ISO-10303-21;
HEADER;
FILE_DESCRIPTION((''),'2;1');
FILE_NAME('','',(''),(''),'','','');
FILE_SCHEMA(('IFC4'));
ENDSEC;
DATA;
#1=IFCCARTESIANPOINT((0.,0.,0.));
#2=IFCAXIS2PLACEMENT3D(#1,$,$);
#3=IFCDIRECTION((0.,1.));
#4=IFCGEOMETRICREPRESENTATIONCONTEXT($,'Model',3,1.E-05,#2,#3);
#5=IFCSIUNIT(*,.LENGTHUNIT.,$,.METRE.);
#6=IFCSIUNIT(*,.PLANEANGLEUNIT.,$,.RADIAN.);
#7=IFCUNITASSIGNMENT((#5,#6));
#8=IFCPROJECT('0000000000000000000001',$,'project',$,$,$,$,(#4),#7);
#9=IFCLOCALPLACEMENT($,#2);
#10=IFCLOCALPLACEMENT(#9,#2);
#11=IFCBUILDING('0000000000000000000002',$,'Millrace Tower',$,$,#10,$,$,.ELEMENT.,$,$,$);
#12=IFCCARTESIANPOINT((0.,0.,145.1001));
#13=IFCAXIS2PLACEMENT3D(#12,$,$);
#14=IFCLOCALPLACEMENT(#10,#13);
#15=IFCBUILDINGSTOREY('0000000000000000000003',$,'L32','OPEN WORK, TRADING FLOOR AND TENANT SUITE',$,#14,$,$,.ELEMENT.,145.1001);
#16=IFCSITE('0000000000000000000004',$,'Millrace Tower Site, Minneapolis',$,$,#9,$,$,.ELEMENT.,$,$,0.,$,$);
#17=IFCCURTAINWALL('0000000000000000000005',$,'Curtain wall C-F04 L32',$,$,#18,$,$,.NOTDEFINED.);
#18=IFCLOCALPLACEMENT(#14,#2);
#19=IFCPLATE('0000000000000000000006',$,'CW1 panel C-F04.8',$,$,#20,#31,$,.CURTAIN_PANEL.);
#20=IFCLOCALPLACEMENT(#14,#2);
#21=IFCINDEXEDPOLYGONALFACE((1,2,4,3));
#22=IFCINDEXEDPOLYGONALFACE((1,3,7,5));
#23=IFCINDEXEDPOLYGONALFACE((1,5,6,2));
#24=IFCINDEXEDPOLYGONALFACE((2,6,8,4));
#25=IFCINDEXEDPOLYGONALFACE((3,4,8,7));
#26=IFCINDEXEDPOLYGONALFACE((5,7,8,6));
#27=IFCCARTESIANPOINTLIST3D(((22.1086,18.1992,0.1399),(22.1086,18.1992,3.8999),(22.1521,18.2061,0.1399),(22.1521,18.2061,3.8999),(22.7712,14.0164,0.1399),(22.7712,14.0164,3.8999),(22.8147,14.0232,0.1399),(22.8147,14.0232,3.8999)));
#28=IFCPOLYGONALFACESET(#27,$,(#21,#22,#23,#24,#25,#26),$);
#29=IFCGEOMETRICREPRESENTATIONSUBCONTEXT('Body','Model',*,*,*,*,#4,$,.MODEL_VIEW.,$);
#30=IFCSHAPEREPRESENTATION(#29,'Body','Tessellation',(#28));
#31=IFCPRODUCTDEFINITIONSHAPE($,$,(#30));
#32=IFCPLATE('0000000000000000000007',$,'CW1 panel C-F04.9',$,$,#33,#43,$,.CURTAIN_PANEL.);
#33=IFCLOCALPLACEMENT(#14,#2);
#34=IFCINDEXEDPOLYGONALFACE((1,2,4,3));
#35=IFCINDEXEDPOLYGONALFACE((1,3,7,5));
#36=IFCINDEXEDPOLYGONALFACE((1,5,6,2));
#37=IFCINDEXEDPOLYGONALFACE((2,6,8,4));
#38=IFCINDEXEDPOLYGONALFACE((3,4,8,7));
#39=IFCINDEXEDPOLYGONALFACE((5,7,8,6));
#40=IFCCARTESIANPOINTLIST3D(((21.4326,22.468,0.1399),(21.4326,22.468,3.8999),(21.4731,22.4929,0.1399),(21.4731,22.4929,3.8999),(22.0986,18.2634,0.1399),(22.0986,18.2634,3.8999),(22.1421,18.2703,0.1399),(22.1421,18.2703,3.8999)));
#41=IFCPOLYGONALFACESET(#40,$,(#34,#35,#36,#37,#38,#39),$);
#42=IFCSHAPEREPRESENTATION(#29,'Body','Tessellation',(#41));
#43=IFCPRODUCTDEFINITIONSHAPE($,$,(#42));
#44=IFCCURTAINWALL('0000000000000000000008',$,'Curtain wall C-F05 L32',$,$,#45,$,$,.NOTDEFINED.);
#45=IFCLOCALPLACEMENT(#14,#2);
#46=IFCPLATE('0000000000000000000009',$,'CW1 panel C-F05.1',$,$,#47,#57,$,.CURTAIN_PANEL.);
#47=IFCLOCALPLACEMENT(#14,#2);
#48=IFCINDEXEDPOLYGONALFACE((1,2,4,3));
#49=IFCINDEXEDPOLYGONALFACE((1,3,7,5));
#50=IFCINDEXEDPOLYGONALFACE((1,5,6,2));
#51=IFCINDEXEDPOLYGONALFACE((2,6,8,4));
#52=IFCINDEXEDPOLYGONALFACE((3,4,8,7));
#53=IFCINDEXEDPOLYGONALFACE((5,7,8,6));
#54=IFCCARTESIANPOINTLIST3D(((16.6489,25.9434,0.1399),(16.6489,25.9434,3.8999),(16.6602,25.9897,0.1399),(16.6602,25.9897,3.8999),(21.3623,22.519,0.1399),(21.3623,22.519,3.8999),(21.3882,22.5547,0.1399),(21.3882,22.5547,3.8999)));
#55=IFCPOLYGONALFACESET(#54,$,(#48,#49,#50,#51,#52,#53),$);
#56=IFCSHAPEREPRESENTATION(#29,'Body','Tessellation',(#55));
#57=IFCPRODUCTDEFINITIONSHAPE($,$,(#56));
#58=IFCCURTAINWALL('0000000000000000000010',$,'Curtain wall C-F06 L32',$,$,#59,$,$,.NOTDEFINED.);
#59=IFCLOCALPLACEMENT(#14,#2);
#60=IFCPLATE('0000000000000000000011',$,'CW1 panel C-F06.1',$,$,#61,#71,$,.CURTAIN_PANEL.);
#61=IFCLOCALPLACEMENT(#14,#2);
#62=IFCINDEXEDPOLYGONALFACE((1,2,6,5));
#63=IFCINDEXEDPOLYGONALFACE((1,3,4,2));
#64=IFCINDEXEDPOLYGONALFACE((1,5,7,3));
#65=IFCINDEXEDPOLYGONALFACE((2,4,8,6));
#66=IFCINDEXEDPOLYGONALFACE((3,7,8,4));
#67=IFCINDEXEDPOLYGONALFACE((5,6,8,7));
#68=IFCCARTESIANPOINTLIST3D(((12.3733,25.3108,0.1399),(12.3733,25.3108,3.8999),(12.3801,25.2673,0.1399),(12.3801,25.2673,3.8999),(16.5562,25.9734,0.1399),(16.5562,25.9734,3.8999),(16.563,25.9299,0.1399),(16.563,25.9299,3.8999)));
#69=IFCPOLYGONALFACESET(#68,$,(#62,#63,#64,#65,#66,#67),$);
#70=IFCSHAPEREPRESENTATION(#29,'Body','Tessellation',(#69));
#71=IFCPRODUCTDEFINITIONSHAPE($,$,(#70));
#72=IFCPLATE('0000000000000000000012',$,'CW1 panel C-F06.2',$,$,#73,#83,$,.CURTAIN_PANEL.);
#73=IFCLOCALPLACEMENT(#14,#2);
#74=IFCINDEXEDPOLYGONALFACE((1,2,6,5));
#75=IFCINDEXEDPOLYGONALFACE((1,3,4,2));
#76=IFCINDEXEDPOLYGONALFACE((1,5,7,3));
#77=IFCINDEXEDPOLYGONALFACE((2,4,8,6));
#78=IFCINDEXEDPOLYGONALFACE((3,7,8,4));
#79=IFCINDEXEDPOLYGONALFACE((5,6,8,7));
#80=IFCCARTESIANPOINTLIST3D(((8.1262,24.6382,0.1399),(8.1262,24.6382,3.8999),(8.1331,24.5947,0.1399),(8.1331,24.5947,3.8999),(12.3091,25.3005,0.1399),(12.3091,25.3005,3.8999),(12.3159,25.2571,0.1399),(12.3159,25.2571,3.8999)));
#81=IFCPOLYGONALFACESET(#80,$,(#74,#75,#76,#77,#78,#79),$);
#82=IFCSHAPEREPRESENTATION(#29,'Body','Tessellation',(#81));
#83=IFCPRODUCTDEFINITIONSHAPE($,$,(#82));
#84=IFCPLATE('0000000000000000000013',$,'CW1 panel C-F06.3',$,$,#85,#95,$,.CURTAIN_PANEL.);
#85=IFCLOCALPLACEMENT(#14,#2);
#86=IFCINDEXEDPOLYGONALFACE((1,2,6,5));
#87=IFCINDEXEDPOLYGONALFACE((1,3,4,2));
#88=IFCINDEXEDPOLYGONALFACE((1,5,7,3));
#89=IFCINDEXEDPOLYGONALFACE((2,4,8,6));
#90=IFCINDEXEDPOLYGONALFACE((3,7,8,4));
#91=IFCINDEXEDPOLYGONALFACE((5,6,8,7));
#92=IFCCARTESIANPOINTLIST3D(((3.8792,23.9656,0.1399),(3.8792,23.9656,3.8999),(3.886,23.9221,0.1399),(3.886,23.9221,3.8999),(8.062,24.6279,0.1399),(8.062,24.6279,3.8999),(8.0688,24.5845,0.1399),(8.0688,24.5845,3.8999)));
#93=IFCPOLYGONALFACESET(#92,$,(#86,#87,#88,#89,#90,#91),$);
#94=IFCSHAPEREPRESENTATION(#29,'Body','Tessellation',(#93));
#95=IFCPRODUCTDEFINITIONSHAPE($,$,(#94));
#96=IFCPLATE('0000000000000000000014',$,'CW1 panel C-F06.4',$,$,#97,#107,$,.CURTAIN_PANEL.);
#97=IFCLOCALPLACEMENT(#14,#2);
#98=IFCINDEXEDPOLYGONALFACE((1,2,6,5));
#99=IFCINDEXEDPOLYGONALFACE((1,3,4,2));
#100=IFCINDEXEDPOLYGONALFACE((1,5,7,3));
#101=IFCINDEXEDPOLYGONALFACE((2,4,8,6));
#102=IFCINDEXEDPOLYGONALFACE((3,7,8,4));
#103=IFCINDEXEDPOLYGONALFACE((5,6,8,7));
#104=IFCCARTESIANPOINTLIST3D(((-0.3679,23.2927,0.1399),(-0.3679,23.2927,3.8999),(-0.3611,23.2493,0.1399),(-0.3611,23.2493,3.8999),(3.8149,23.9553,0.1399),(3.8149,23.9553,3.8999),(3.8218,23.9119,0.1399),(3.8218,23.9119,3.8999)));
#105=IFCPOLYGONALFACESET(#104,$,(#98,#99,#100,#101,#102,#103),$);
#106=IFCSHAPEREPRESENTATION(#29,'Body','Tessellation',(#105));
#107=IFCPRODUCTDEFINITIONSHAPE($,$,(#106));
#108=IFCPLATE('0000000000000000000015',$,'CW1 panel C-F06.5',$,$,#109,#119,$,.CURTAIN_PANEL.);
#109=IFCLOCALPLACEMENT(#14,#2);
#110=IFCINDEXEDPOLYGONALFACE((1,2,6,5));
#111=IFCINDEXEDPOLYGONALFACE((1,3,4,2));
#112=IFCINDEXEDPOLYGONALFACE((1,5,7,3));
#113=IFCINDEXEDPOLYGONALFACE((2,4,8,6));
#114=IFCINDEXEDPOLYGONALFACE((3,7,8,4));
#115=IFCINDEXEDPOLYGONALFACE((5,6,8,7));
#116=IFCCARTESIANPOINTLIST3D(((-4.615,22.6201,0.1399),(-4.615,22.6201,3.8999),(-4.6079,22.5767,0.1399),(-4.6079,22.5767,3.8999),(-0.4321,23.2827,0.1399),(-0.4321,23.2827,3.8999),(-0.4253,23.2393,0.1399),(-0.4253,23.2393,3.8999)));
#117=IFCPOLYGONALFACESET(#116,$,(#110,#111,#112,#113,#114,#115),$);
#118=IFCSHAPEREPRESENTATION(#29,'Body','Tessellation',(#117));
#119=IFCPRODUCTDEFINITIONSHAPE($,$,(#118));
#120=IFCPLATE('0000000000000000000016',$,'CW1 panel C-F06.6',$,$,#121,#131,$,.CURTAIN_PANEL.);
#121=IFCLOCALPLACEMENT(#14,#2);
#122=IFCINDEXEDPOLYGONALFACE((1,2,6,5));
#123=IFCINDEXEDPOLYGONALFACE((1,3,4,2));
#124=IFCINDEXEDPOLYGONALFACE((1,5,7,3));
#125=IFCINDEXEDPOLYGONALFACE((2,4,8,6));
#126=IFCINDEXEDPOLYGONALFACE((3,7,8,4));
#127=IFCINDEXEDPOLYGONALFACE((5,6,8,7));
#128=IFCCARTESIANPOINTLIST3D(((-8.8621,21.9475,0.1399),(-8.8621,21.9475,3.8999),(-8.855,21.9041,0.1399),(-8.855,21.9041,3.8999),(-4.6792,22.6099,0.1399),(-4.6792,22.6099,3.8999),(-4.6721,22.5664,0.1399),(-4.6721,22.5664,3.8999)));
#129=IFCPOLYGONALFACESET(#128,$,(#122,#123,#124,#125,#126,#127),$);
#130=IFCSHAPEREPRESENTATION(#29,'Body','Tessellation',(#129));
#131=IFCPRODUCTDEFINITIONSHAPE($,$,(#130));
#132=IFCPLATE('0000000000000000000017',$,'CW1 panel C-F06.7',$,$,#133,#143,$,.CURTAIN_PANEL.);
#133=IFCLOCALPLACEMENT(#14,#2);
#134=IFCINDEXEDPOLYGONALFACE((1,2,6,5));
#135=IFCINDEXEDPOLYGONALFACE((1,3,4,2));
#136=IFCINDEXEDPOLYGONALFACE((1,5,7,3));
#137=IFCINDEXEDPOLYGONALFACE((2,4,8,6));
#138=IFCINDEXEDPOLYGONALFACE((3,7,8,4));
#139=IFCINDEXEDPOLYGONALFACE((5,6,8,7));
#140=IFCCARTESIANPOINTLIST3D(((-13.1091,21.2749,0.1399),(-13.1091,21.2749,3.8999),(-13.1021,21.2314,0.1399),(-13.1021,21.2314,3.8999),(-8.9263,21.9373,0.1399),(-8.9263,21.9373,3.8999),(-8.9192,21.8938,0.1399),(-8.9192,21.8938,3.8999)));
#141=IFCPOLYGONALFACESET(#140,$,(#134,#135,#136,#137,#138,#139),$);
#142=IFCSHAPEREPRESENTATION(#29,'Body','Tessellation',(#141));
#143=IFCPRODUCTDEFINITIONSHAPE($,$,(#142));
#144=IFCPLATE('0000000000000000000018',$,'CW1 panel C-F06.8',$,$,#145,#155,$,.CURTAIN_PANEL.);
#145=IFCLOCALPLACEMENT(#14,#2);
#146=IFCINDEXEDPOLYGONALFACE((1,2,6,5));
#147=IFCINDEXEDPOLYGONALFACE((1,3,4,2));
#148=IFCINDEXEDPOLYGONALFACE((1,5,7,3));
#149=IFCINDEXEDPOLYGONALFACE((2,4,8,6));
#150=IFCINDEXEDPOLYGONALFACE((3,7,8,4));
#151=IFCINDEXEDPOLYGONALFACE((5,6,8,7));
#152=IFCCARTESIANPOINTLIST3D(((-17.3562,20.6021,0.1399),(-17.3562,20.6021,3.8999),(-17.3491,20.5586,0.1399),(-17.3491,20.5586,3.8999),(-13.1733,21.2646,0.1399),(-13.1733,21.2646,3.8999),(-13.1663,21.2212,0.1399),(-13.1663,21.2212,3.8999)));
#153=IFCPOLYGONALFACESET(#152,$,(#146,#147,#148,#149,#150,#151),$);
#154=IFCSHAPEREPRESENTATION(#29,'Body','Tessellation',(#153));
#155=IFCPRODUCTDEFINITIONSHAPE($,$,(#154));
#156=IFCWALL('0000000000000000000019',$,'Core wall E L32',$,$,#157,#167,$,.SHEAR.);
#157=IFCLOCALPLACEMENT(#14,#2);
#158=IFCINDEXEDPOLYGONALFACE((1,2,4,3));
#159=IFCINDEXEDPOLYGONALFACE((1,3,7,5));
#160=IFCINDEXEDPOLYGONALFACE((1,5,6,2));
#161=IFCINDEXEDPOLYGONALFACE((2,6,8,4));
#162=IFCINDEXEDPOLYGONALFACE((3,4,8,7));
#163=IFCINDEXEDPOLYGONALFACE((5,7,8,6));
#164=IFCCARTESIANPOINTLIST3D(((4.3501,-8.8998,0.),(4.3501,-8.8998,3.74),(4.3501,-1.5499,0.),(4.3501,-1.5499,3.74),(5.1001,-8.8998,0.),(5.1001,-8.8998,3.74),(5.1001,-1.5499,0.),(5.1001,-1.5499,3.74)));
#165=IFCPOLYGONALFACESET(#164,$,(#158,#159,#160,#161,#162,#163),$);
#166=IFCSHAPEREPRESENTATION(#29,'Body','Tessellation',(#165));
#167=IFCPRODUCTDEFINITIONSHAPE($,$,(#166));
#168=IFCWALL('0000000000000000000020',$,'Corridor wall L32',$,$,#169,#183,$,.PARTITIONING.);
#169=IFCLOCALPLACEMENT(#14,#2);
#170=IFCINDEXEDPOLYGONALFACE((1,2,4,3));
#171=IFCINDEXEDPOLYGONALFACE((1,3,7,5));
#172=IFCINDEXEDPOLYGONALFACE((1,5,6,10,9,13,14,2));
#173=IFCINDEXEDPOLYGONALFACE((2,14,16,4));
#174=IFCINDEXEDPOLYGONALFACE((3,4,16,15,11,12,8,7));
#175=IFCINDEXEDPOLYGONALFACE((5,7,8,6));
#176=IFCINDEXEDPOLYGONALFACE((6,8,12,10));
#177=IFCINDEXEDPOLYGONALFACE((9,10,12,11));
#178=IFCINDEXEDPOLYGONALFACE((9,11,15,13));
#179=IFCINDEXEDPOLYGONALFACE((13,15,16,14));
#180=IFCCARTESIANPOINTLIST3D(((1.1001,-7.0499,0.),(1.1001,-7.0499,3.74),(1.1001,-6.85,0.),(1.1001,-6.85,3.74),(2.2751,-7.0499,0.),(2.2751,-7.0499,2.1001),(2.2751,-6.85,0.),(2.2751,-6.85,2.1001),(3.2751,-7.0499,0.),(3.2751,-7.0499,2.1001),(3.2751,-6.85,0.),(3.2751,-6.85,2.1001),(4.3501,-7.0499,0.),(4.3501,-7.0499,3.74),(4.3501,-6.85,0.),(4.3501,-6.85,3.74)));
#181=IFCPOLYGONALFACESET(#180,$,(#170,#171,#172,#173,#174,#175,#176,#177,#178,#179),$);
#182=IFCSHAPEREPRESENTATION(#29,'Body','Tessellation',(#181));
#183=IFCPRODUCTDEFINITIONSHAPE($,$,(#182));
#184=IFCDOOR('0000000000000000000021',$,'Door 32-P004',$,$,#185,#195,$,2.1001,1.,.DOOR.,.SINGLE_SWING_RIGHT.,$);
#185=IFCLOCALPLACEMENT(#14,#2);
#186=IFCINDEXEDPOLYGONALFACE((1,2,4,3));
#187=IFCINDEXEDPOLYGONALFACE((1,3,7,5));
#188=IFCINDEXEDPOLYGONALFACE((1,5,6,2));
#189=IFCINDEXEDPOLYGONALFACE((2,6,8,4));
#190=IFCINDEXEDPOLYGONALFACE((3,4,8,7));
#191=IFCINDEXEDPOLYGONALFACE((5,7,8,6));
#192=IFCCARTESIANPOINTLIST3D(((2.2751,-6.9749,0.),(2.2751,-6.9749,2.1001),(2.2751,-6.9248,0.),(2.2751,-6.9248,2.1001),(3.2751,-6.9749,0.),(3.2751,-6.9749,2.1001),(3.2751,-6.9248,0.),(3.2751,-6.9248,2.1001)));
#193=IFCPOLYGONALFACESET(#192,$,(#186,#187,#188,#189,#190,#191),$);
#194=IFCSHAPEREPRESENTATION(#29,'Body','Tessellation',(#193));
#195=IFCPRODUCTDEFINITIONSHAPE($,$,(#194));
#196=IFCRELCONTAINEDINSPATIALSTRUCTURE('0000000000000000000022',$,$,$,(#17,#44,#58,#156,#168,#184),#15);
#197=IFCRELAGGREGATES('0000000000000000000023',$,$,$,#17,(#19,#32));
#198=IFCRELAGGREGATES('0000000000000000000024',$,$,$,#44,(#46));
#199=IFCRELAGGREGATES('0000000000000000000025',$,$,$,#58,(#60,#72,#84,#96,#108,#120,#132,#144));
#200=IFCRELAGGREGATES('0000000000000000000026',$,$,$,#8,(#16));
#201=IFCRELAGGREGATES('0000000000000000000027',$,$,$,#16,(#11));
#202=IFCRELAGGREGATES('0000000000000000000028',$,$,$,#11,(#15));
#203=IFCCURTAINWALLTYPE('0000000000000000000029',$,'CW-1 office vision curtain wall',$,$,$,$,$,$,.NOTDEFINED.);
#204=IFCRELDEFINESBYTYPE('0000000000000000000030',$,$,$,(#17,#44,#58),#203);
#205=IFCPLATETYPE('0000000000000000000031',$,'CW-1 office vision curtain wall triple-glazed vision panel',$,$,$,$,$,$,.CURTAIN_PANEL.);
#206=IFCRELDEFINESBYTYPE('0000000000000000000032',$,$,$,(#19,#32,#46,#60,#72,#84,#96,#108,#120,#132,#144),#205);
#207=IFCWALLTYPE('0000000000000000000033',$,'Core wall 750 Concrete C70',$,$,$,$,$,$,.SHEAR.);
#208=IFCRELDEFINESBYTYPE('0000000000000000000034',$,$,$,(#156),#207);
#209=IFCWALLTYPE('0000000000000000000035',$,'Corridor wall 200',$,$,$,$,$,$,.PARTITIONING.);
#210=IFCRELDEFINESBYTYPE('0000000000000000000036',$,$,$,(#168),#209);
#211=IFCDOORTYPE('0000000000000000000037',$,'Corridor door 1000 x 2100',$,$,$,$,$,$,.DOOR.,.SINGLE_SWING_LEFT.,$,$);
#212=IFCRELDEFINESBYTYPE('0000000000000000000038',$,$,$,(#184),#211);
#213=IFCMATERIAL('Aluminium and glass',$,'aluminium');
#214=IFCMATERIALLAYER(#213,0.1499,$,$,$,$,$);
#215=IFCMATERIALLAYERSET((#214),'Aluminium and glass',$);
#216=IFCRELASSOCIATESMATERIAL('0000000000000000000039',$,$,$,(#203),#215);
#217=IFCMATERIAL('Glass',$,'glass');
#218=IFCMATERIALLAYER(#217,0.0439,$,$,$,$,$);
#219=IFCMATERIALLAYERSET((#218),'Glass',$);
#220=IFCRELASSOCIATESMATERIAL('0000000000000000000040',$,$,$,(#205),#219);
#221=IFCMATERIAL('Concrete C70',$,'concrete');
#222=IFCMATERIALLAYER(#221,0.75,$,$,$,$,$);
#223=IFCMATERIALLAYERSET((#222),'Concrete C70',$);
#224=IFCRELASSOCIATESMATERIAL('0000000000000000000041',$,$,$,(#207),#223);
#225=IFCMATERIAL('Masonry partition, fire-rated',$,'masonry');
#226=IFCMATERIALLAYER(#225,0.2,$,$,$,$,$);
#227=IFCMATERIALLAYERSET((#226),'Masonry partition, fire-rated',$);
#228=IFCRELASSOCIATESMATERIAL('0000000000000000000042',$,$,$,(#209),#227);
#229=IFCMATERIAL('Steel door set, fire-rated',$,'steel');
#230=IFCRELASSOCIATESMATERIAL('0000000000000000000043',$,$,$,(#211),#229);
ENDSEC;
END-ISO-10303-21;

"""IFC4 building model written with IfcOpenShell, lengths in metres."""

from ifc_helpers import new_model, si_unit, direction, frame, frame_2d, origin, place, context, subcontext, project, spatial, polyline, rectangle, outline, extrude, material, layer, layer_set, type_object, element, fill, aggregate, save


model = new_model("IFC4")

# Units and contexts
model_context = context("Model", 3, precision=1e-05, world=origin(), true_north=direction((0.0, 1.0)))
body_context = subcontext(model_context, "Body", "Model", "MODEL_VIEW")
ifc_project = project(units=[si_unit("LENGTHUNIT", "METRE"), si_unit("PLANEANGLEUNIT", "RADIAN")], contexts=[model_context])

# Site, building, storey
site_placement = place(None, origin())
site = spatial("IfcSite", under=ifc_project, at=site_placement, Name="Millrace Tower Site, Minneapolis", CompositionType="ELEMENT", RefElevation=0.0)
building_placement = place(site_placement, origin())
building = spatial("IfcBuilding", under=site, at=building_placement, Name="Millrace Tower", CompositionType="ELEMENT")
storey_placement = place(building_placement, frame((0.0, 0.0, 145.1001)))
storey = spatial("IfcBuildingStorey", under=building, at=storey_placement, Name="L32", Description="OPEN WORK, TRADING FLOOR AND TENANT SUITE", CompositionType="ELEMENT", Elevation=145.1001)

# Curtain wall, plates
ifc_material_1 = material(Name="Aluminium and glass", Category="aluminium")
ifc_layer_1 = layer(ifc_material_1, 0.1499)
ifc_layer_set_1 = layer_set([ifc_layer_1], Name="Aluminium and glass")
curtain_wall_type = type_object("IfcCurtainWallType", Name="CW-1 office vision curtain wall", PredefinedType="NOTDEFINED", material=ifc_layer_set_1)
placement_1 = place(storey_placement, origin())
curtain_wall_1 = element("IfcCurtainWall", 1, at=placement_1, inside=storey, type_object=curtain_wall_type, Name="Curtain wall C-F04 L32", PredefinedType="NOTDEFINED")
ifc_material_2 = material(Name="Glass", Category="glass")
ifc_layer_2 = layer(ifc_material_2, 0.0439)
ifc_layer_set_2 = layer_set([ifc_layer_2], Name="Glass")
plate_type = type_object("IfcPlateType", Name="CW-1 office vision curtain wall triple-glazed vision panel", PredefinedType="CURTAIN_PANEL", material=ifc_layer_set_2)
placement_2 = place(storey_placement, frame((0.0, 0.0, 0.1399)))
plate_1 = element("IfcPlate", 2, at=placement_2, type_object=plate_type, Name="CW1 panel C-F04.8", PredefinedType="CURTAIN_PANEL", context=body_context, shape_type="SweptSolid", body=[
    extrude(outline(polyline([(22.8147, 14.0232), (22.1521, 18.2061), (22.1086, 18.1992), (22.7712, 14.0164), (22.8147, 14.0232)])), origin(), (0.0, 0.0, 1.0), 3.76),
])
plate_2 = element("IfcPlate", 3, at=placement_2, type_object=plate_type, Name="CW1 panel C-F04.9", PredefinedType="CURTAIN_PANEL", context=body_context, shape_type="SweptSolid", body=[
    extrude(outline(polyline([(22.1421, 18.2703), (21.4731, 22.4929), (21.4326, 22.468), (22.0986, 18.2634), (22.1421, 18.2703)])), origin(), (0.0, 0.0, 1.0), 3.76),
])
aggregate(curtain_wall_1, [plate_1, plate_2])

# Curtain wall, plate
curtain_wall_2 = element("IfcCurtainWall", 4, at=placement_1, inside=storey, type_object=curtain_wall_type, Name="Curtain wall C-F05 L32", PredefinedType="NOTDEFINED")
plate_3 = element("IfcPlate", 5, at=placement_2, type_object=plate_type, Name="CW1 panel C-F05.1", PredefinedType="CURTAIN_PANEL", context=body_context, shape_type="SweptSolid", body=[
    extrude(outline(polyline([(21.3882, 22.5547), (16.6602, 25.9897), (16.6489, 25.9434), (21.3623, 22.519), (21.3882, 22.5547)])), origin(), (0.0, 0.0, 1.0), 3.76),
])
aggregate(curtain_wall_2, [plate_3])

# Curtain wall, plates
curtain_wall_3 = element("IfcCurtainWall", 6, at=placement_1, inside=storey, type_object=curtain_wall_type, Name="Curtain wall C-F06 L32", PredefinedType="NOTDEFINED")
plate_4 = element("IfcPlate", 7, at=placement_2, type_object=plate_type, Name="CW1 panel C-F06.1", PredefinedType="CURTAIN_PANEL", context=body_context, shape_type="SweptSolid", body=[
    extrude(outline(polyline([(16.5562, 25.9734), (12.3733, 25.3108), (12.3801, 25.2673), (16.563, 25.9299), (16.5562, 25.9734)])), origin(), (0.0, 0.0, 1.0), 3.76),
])
plate_5 = element("IfcPlate", 8, at=placement_2, type_object=plate_type, Name="CW1 panel C-F06.2", PredefinedType="CURTAIN_PANEL", context=body_context, shape_type="SweptSolid", body=[
    extrude(outline(polyline([(12.3091, 25.3005), (8.1262, 24.6382), (8.1331, 24.5947), (12.3159, 25.2571), (12.3091, 25.3005)])), origin(), (0.0, 0.0, 1.0), 3.76),
])
plate_6 = element("IfcPlate", 9, at=placement_2, type_object=plate_type, Name="CW1 panel C-F06.3", PredefinedType="CURTAIN_PANEL", context=body_context, shape_type="SweptSolid", body=[
    extrude(outline(polyline([(8.062, 24.6279), (3.8792, 23.9656), (3.886, 23.9221), (8.0688, 24.5845), (8.062, 24.6279)])), origin(), (0.0, 0.0, 1.0), 3.76),
])
plate_7 = element("IfcPlate", 10, at=placement_2, type_object=plate_type, Name="CW1 panel C-F06.4", PredefinedType="CURTAIN_PANEL", context=body_context, shape_type="SweptSolid", body=[
    extrude(outline(polyline([(3.8149, 23.9553), (-0.3679, 23.2927), (-0.3611, 23.2493), (3.8218, 23.9119), (3.8149, 23.9553)])), origin(), (0.0, 0.0, 1.0), 3.76),
])
plate_8 = element("IfcPlate", 11, at=placement_2, type_object=plate_type, Name="CW1 panel C-F06.5", PredefinedType="CURTAIN_PANEL", context=body_context, shape_type="SweptSolid", body=[
    extrude(outline(polyline([(-0.4321, 23.2827), (-4.615, 22.6201), (-4.6079, 22.5767), (-0.4253, 23.2393), (-0.4321, 23.2827)])), origin(), (0.0, 0.0, 1.0), 3.76),
])
plate_9 = element("IfcPlate", 12, at=placement_2, type_object=plate_type, Name="CW1 panel C-F06.6", PredefinedType="CURTAIN_PANEL", context=body_context, shape_type="SweptSolid", body=[
    extrude(outline(polyline([(-4.6792, 22.6099), (-8.8621, 21.9475), (-8.855, 21.9041), (-4.6721, 22.5664), (-4.6792, 22.6099)])), origin(), (0.0, 0.0, 1.0), 3.76),
])
plate_10 = element("IfcPlate", 13, at=placement_2, type_object=plate_type, Name="CW1 panel C-F06.7", PredefinedType="CURTAIN_PANEL", context=body_context, shape_type="SweptSolid", body=[
    extrude(outline(polyline([(-8.9263, 21.9373), (-13.1091, 21.2749), (-13.1021, 21.2314), (-8.9192, 21.8938), (-8.9263, 21.9373)])), origin(), (0.0, 0.0, 1.0), 3.76),
])
plate_11 = element("IfcPlate", 14, at=placement_2, type_object=plate_type, Name="CW1 panel C-F06.8", PredefinedType="CURTAIN_PANEL", context=body_context, shape_type="SweptSolid", body=[
    extrude(outline(polyline([(-13.1733, 21.2646), (-17.3562, 20.6021), (-17.3491, 20.5586), (-13.1663, 21.2212), (-13.1733, 21.2646)])), origin(), (0.0, 0.0, 1.0), 3.76),
])
aggregate(curtain_wall_3, [plate_4, plate_5, plate_6, plate_7, plate_8, plate_9, plate_10, plate_11])

# Wall
ifc_material_3 = material(Name="Concrete C70", Category="concrete")
ifc_layer_3 = layer(ifc_material_3, 0.75)
ifc_layer_set_3 = layer_set([ifc_layer_3], Name="Concrete C70")
wall_type_1 = type_object("IfcWallType", Name="Core wall 750 Concrete C70", PredefinedType="SHEAR", material=ifc_layer_set_3)
wall_1_placement = place(storey_placement, frame((4.7251, -1.55, 0.0), z_axis=(0.0, 0.0, 1.0), x_axis=(0.0, -1.0, 0.0)))
element("IfcWall", 15, at=wall_1_placement, inside=storey, type_object=wall_type_1, Name="Core wall E L32", PredefinedType="SHEAR", context=body_context, shape_type="SweptSolid", body=[
    extrude(rectangle(XDim=7.3499, YDim=0.75, at=frame_2d((3.6748, 0.0))), origin(), (0.0, 0.0, 1.0), 3.74),
])

# Wall, opening, door
ifc_material_4 = material(Name="Masonry partition, fire-rated", Category="masonry")
ifc_layer_4 = layer(ifc_material_4, 0.2)
ifc_layer_set_4 = layer_set([ifc_layer_4], Name="Masonry partition, fire-rated")
wall_type_2 = type_object("IfcWallType", Name="Corridor wall 200", PredefinedType="PARTITIONING", material=ifc_layer_set_4)
wall_2_placement = place(storey_placement, frame((1.1001, -6.95, 0.0), z_axis=(0.0, 0.0, 1.0), x_axis=(1.0, 0.0, 0.0)))
wall_2 = element("IfcWall", 16, at=wall_2_placement, inside=storey, type_object=wall_type_2, Name="Corridor wall L32", PredefinedType="PARTITIONING", context=body_context, shape_type="SweptSolid", body=[
    extrude(rectangle(XDim=3.25, YDim=0.2, at=frame_2d((1.625, 0.0))), origin(), (0.0, 0.0, 1.0), 3.74),
])
opening_1_placement = place(wall_2_placement, frame((1.175, 0.0, 0.0)))
opening_1 = element("IfcOpeningElement", 17, at=opening_1_placement, cuts=wall_2, PredefinedType="OPENING", context=body_context, shape_type="SweptSolid", body=[
    extrude(rectangle(XDim=1.0, YDim=2.1001, at=frame_2d((0.5, 1.05))), frame((0.0, 0.1099, 0.0), z_axis=(0.0, -1.0, 0.0), x_axis=(1.0, 0.0, 0.0)), (0.0, 0.0, 1.0), 0.22),
])
ifc_material_5 = material(Name="Steel door set, fire-rated", Category="steel")
door_type_1 = type_object("IfcDoorType", Name="Corridor door 1000 x 2100", OperationType="SINGLE_SWING_LEFT", PredefinedType="DOOR", material=ifc_material_5)
door_1_placement = place(opening_1_placement, frame((1.0, 0.0, 0.0), z_axis=(0.0, 0.0, 1.0), x_axis=(-1.0, 0.0, 0.0)))
door_1 = element("IfcDoor", 18, at=door_1_placement, inside=storey, type_object=door_type_1, Name="Door 32-P004", OperationType="SINGLE_SWING_RIGHT", OverallHeight=2.1001, OverallWidth=1.0, PredefinedType="DOOR", context=body_context, shape_type="SweptSolid", body=[
    extrude(rectangle(XDim=1.0, YDim=2.1001, at=frame_2d((0.5, 1.05))), frame((0.0, 0.0249, 0.0), z_axis=(0.0, -1.0, 0.0), x_axis=(1.0, 0.0, 0.0)), (0.0, 0.0, 1.0), 0.05),
])
fill(opening_1, door_1)

save(model, "model.ifc")
